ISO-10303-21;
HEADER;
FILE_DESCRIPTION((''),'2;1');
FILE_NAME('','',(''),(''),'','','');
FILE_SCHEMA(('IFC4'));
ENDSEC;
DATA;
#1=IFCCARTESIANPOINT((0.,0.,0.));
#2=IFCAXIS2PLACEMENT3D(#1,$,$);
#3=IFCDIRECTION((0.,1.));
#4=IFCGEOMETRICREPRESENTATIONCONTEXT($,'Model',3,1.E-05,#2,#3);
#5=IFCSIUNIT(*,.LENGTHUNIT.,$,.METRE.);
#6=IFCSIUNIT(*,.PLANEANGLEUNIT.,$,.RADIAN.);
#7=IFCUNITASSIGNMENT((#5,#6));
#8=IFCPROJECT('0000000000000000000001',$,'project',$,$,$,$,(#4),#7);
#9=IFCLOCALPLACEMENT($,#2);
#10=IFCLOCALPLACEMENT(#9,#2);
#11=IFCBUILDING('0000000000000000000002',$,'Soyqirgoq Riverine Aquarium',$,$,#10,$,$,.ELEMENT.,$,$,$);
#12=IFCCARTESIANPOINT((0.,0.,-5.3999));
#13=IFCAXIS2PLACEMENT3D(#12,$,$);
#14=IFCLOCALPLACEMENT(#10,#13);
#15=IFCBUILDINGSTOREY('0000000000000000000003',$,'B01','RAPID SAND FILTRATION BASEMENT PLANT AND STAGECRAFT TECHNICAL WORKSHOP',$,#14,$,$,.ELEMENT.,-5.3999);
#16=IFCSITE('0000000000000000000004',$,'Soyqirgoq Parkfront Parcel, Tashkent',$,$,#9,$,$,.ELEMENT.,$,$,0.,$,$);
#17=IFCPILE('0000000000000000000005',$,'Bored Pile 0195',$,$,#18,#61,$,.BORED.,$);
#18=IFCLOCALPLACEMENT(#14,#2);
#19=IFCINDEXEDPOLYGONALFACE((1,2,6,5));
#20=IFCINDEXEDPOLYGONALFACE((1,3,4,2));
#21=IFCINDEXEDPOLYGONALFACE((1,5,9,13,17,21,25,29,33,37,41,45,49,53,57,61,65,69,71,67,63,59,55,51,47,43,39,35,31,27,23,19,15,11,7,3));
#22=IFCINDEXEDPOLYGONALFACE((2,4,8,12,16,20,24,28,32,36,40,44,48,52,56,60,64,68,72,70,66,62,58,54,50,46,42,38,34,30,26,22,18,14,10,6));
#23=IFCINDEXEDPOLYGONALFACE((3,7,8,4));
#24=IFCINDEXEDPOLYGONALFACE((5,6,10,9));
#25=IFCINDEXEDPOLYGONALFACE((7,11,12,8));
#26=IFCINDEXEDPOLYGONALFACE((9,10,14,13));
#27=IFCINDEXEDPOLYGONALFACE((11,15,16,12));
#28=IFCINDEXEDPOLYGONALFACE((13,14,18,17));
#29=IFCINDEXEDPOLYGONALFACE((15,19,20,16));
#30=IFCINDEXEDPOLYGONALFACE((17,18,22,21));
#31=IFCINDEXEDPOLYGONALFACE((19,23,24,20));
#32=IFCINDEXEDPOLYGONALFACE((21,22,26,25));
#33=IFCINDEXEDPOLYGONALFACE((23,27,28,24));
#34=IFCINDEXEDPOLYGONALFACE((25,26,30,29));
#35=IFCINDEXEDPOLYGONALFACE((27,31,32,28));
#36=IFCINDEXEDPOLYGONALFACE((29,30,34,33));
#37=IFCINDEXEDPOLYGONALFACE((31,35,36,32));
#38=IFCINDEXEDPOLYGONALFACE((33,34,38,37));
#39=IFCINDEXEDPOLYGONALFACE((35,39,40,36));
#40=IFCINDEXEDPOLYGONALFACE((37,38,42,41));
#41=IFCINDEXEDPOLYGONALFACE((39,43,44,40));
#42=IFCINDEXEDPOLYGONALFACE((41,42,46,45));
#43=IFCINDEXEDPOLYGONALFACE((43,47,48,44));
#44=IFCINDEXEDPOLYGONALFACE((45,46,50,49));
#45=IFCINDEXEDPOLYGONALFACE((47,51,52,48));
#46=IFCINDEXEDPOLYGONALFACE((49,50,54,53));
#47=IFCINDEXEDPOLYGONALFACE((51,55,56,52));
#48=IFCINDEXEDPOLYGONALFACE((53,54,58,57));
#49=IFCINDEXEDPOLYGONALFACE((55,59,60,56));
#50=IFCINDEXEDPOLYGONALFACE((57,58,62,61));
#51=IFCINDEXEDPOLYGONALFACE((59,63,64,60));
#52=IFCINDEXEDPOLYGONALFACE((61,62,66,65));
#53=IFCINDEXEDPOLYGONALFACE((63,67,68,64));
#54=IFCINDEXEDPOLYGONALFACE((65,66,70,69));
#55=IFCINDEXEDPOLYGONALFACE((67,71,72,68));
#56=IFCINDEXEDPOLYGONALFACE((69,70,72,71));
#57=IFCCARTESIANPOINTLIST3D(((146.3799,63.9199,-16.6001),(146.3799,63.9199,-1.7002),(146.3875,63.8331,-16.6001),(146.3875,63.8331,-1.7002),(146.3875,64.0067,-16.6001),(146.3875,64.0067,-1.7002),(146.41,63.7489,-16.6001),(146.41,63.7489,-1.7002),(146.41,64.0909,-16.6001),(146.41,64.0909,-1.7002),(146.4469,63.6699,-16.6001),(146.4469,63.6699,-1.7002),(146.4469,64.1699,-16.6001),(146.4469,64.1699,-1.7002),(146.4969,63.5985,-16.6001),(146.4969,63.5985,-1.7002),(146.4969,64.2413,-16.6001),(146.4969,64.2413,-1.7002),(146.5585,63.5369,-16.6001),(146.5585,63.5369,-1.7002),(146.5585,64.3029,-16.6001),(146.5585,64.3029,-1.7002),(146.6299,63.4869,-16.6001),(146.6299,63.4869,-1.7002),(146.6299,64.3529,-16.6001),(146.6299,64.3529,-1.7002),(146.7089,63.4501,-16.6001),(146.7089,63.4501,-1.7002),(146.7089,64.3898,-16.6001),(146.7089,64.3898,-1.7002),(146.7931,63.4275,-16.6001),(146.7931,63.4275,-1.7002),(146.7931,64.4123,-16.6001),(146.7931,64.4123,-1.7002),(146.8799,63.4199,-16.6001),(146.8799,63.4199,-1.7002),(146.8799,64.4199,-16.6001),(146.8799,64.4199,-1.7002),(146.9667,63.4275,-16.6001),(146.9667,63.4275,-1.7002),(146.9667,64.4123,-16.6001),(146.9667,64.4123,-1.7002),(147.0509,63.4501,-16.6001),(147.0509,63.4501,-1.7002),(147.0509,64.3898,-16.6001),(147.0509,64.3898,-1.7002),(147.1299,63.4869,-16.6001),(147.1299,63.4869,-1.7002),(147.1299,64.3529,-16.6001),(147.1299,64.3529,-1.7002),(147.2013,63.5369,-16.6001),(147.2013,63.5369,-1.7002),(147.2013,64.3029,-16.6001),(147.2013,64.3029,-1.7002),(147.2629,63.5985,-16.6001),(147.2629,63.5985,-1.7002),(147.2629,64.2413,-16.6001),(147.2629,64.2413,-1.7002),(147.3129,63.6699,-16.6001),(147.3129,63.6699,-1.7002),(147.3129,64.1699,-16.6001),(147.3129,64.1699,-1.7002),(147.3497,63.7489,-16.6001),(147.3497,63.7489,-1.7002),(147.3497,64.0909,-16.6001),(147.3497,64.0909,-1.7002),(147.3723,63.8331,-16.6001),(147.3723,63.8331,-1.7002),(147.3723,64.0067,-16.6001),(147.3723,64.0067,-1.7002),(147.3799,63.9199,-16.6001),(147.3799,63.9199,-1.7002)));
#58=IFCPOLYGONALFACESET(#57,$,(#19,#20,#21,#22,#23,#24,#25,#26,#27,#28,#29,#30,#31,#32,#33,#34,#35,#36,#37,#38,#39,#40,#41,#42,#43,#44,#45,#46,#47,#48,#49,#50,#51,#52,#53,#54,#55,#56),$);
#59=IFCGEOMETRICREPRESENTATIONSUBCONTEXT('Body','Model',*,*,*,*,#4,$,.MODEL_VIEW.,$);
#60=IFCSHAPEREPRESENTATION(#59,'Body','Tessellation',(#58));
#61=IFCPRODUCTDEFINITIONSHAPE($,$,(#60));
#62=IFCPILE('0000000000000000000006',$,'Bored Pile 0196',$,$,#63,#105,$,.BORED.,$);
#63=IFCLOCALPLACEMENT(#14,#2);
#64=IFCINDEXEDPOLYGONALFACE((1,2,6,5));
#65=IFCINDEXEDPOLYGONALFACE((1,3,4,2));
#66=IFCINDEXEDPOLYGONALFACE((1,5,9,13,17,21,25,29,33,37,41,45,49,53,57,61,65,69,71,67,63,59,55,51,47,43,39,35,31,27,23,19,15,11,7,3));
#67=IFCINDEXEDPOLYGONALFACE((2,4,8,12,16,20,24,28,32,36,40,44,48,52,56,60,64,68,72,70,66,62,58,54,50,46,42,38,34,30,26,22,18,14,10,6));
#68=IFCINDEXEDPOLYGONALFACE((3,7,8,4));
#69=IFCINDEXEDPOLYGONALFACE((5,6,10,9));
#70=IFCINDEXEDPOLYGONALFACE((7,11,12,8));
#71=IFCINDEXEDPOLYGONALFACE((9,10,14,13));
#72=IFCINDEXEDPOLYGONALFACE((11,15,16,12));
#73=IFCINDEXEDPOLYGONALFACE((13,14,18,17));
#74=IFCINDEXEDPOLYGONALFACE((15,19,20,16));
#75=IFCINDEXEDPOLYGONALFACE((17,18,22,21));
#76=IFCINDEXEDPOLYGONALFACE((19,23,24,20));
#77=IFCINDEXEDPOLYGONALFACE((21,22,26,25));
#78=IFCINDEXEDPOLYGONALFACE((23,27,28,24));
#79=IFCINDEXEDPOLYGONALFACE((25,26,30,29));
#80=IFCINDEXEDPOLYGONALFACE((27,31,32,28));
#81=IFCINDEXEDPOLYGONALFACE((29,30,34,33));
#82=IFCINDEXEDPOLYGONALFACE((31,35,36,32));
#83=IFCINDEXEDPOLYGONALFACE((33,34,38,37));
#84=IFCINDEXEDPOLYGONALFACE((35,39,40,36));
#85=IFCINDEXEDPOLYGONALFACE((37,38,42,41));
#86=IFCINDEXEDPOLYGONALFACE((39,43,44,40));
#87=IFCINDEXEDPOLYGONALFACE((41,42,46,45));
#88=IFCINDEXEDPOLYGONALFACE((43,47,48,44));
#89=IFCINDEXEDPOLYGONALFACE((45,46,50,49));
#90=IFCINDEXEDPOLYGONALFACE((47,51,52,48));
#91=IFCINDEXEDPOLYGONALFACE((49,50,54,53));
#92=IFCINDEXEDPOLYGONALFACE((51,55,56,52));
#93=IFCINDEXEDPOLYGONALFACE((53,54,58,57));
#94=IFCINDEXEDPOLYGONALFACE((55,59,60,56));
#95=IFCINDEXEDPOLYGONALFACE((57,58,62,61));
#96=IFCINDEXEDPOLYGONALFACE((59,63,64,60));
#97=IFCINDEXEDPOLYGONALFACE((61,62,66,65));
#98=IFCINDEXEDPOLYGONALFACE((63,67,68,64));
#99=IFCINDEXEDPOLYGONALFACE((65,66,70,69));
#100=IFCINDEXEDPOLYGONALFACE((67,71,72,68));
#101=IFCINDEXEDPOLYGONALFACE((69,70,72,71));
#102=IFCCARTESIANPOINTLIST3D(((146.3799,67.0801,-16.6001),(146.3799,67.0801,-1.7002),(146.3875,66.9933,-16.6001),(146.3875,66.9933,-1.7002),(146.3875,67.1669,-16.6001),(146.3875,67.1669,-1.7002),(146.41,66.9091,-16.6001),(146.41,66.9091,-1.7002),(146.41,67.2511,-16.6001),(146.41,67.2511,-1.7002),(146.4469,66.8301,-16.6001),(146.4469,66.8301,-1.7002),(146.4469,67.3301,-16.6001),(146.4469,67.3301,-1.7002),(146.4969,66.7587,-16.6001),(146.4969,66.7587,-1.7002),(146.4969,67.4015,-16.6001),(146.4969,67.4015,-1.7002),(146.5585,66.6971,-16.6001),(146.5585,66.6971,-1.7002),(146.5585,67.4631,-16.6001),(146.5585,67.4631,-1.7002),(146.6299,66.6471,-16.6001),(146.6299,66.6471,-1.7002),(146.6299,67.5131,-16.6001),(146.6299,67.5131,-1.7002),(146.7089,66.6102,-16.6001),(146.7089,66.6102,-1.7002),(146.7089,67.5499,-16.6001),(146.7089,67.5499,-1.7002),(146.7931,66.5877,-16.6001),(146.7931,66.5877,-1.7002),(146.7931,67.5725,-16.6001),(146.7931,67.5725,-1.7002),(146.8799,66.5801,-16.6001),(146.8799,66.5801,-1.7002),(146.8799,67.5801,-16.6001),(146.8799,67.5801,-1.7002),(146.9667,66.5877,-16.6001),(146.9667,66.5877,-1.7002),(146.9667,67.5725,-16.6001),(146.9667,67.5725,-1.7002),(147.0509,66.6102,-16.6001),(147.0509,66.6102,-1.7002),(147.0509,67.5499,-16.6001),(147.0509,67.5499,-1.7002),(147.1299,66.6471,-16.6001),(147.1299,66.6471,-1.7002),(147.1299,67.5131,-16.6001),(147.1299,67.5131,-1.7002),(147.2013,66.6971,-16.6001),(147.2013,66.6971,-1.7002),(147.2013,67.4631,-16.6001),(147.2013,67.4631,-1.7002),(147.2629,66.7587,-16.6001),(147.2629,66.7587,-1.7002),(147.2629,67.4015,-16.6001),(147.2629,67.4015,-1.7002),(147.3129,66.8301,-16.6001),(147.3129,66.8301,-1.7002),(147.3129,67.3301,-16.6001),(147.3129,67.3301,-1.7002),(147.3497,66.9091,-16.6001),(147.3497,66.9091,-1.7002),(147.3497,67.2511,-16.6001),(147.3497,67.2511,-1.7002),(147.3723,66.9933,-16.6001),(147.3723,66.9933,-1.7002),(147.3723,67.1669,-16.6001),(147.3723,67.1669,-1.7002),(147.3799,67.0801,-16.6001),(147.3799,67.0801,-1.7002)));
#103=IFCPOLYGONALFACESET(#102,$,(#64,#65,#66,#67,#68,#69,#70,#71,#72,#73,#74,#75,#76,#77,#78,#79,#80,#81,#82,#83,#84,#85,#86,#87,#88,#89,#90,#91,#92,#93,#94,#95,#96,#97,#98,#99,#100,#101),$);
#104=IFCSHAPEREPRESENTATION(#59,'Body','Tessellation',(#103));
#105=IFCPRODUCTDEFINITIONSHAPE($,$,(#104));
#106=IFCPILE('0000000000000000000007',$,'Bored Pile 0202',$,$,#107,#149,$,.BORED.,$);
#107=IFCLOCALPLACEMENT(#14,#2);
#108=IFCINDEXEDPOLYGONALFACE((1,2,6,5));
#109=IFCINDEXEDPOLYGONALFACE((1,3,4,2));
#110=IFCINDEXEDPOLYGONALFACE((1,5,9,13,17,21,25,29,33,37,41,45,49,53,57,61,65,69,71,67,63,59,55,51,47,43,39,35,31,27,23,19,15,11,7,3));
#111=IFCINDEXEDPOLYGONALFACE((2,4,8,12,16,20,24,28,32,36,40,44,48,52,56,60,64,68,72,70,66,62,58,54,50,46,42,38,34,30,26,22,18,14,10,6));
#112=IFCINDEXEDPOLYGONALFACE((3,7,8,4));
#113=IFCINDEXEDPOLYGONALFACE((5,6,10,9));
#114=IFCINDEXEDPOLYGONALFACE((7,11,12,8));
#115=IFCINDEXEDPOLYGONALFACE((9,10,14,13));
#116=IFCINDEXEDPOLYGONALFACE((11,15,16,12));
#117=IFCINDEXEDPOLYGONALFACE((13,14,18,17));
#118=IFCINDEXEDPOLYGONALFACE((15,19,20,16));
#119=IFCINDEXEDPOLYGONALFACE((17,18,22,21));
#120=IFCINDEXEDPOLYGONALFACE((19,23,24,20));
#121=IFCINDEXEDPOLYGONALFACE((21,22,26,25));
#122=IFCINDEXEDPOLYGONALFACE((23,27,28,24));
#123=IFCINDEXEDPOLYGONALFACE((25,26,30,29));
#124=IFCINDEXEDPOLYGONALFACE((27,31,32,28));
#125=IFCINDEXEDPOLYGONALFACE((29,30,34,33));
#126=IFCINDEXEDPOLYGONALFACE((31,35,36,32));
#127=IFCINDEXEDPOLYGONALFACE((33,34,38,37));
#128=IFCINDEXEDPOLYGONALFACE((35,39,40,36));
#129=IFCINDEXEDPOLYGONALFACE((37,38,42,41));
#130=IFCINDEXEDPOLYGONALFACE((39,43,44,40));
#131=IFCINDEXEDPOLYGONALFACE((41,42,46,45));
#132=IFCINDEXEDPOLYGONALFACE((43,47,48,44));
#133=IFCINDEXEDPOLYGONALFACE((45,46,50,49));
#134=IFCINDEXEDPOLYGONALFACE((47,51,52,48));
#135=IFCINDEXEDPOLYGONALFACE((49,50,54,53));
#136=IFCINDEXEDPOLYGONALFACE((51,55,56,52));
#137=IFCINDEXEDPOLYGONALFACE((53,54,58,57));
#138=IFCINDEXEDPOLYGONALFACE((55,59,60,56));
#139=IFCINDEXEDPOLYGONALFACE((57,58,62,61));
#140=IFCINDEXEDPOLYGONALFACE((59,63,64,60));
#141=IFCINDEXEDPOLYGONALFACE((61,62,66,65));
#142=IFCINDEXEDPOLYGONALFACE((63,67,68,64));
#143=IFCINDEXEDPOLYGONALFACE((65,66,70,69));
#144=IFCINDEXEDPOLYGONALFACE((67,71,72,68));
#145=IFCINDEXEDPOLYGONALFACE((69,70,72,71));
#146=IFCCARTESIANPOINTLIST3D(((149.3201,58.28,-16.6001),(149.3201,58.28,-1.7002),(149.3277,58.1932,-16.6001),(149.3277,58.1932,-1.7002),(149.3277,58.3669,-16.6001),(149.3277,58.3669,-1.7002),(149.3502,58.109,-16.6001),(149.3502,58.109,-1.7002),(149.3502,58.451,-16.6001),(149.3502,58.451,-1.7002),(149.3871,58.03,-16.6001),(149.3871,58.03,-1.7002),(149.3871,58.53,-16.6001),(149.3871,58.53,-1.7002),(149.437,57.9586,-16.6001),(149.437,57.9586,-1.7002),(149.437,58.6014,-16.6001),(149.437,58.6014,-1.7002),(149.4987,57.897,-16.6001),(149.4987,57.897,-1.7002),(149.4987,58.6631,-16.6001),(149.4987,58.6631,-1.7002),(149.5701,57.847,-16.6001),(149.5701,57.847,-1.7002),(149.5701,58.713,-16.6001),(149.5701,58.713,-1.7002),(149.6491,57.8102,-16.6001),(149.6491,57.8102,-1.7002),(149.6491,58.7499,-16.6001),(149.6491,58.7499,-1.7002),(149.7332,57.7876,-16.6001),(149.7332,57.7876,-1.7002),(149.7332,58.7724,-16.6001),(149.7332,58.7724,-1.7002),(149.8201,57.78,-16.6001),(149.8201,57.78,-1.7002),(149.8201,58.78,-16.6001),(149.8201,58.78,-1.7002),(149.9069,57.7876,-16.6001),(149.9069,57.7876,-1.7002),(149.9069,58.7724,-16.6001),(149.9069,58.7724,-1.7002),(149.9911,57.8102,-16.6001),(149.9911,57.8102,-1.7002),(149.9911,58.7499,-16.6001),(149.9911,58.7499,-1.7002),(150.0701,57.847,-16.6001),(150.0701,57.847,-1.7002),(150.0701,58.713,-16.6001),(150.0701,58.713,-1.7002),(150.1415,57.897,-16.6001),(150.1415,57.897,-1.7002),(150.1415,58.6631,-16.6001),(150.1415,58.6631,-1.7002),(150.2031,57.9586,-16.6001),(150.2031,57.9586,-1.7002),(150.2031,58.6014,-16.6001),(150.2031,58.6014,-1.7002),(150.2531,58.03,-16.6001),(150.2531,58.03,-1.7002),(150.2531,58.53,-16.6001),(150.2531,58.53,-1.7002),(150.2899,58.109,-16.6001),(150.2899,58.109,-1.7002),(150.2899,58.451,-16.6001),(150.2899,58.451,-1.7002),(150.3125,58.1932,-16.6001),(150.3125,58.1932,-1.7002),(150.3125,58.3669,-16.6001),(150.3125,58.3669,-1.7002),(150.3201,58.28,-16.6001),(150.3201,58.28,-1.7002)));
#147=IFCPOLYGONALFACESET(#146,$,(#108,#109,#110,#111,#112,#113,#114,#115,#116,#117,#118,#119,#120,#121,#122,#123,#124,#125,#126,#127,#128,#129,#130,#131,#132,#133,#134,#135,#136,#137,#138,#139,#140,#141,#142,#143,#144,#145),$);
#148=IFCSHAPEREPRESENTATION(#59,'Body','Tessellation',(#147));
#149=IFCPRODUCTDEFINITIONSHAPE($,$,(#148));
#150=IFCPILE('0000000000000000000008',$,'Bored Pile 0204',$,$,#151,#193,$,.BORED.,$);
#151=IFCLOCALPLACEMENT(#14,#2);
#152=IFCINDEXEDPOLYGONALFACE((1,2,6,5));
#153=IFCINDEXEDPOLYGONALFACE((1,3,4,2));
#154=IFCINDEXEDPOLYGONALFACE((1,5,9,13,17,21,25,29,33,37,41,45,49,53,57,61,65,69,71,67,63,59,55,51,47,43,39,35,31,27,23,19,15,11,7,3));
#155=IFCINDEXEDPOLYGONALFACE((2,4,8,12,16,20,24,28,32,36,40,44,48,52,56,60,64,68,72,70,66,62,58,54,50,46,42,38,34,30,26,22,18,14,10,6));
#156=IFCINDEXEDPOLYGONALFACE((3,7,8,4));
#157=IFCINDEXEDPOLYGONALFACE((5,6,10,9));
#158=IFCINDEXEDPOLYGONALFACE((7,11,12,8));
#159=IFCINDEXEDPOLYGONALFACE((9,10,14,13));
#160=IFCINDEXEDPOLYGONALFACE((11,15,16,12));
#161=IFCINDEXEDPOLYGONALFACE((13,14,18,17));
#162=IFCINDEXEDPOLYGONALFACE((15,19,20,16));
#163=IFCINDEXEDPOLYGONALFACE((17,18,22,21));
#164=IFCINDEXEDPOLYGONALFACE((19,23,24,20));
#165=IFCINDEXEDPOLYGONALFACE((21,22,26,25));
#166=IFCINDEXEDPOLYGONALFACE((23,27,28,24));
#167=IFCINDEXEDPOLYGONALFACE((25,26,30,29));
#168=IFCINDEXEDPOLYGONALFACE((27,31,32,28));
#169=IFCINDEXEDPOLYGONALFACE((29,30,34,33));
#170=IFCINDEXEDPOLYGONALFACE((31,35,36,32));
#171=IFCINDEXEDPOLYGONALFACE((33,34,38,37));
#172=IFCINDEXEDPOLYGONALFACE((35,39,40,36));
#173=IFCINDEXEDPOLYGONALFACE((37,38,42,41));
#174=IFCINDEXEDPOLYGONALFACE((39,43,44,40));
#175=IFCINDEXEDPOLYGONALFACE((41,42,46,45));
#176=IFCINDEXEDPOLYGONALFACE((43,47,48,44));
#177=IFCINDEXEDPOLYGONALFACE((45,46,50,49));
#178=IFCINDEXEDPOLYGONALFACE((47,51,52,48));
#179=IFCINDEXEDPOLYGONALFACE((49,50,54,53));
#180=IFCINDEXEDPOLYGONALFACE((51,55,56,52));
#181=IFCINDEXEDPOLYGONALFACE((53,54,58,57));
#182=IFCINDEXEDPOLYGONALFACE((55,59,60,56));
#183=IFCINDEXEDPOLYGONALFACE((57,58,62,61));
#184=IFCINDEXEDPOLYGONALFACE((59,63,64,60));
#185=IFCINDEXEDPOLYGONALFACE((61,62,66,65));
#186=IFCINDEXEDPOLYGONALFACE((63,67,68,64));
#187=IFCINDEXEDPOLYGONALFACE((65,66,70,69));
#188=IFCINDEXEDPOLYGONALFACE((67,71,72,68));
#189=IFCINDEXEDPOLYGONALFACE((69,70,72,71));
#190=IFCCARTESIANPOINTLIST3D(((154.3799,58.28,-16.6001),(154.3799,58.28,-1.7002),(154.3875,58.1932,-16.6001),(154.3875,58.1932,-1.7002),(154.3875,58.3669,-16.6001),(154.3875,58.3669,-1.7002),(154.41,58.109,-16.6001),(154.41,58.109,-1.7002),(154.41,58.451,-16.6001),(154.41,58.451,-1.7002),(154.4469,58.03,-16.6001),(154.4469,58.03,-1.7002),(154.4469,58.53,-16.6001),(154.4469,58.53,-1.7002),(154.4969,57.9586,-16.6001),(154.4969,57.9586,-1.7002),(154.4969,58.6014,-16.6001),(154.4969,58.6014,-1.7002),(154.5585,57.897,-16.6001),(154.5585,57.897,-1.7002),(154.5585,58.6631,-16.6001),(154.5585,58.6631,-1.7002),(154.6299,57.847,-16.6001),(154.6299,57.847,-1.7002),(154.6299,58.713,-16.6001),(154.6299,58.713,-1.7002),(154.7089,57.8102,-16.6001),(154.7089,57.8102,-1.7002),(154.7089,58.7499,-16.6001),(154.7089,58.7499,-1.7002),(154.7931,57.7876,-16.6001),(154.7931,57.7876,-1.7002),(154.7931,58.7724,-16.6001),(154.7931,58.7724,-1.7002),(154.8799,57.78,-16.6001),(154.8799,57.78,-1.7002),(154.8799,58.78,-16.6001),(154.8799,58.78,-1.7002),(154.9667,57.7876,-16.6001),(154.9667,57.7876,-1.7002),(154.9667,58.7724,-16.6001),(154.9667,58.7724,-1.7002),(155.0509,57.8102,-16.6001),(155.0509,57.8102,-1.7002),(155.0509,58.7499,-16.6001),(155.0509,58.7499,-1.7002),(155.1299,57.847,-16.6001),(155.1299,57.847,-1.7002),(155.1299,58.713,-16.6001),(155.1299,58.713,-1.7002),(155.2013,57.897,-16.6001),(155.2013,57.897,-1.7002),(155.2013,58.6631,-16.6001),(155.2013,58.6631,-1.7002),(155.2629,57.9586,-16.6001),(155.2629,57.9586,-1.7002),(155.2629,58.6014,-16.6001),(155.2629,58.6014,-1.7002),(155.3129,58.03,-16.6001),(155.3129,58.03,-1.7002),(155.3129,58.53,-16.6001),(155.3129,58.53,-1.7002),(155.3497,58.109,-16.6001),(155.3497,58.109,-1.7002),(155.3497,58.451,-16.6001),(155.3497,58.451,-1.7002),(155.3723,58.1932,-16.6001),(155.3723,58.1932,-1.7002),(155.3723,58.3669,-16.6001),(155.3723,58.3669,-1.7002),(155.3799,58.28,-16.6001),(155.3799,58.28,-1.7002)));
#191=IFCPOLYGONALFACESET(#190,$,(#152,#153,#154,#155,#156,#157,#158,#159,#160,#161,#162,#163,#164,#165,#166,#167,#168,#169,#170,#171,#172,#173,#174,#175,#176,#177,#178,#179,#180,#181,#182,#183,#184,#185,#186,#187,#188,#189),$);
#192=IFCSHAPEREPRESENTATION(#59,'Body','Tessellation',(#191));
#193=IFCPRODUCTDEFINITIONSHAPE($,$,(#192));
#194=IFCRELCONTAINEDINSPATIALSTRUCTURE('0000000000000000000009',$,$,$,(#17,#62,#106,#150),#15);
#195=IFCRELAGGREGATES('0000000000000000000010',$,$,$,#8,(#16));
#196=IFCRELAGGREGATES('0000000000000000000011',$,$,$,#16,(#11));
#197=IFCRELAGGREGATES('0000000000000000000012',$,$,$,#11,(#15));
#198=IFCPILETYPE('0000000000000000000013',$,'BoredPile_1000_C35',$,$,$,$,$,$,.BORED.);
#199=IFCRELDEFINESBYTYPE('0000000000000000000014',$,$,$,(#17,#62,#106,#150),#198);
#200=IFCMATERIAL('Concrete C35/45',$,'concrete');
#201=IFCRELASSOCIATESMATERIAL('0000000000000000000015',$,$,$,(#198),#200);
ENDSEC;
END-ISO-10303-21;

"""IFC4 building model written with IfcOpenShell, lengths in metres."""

from ifc_helpers import new_model, si_unit, direction, frame, origin, origin_2d, place, context, subcontext, project, spatial, circle, extrude, material, material_profile, profile_set, type_object, element, save


model = new_model("IFC4")

# Units and contexts
model_context = context("Model", 3, precision=1e-05, world=origin(), true_north=direction((0.0, 1.0)))
body_context = subcontext(model_context, "Body", "Model", "MODEL_VIEW")
ifc_project = project(units=[si_unit("LENGTHUNIT", "METRE"), si_unit("PLANEANGLEUNIT", "RADIAN")], contexts=[model_context])

# Site, building, storey
site_placement = place(None, origin())
site = spatial("IfcSite", under=ifc_project, at=site_placement, Name="Soyqirgoq Parkfront Parcel, Tashkent", CompositionType="ELEMENT", RefElevation=0.0)
building_placement = place(site_placement, origin())
building = spatial("IfcBuilding", under=site, at=building_placement, Name="Soyqirgoq Riverine Aquarium", CompositionType="ELEMENT")
storey_placement = place(building_placement, frame((0.0, 0.0, -5.3999)))
storey = spatial("IfcBuildingStorey", under=building, at=storey_placement, Name="B01", Description="RAPID SAND FILTRATION BASEMENT PLANT AND STAGECRAFT TECHNICAL WORKSHOP", CompositionType="ELEMENT", Elevation=-5.3999)

# Piles
ifc_material_1 = material(Name="Concrete C35/45", Category="concrete")
ifc_material_profile_1 = material_profile(ifc_material_1, circle(Radius=0.5, at=origin_2d()), Name="BP D1000")
ifc_profile_set_1 = profile_set([ifc_material_profile_1], Name="Concrete C35/45")
pile_type = type_object("IfcPileType", Name="BoredPile_1000_C35", PredefinedType="BORED", material=ifc_profile_set_1)
for number, where, z_axis, x_axis, name in (
    (1, (146.8799, 63.9199, -1.7002), (0.0, 0.0, -1.0), (1.0, 0.0, 0.0), "Bored Pile 0195"),
    (2, (146.8799, 67.0801, -1.7002), (0.0, 0.0, -1.0), (1.0, 0.0, 0.0), "Bored Pile 0196"),
    (3, (149.8201, 58.28, -1.7002), (0.0, 0.0, -1.0), (1.0, 0.0, 0.0), "Bored Pile 0202"),
    (4, (154.8799, 58.28, -1.7002), (0.0, 0.0, -1.0), (1.0, 0.0, 0.0), "Bored Pile 0204"),
):
    element("IfcPile", number, at=place(storey_placement, frame(where, z_axis=z_axis, x_axis=x_axis)), inside=storey, type_object=pile_type, Name=name, PredefinedType="BORED", context=body_context, shape_type="SweptSolid", body=[
        extrude(circle(Radius=0.5, at=origin_2d()), origin(), (0.0, 0.0, 1.0), 14.8999),
    ])

save(model, "model.ifc")
